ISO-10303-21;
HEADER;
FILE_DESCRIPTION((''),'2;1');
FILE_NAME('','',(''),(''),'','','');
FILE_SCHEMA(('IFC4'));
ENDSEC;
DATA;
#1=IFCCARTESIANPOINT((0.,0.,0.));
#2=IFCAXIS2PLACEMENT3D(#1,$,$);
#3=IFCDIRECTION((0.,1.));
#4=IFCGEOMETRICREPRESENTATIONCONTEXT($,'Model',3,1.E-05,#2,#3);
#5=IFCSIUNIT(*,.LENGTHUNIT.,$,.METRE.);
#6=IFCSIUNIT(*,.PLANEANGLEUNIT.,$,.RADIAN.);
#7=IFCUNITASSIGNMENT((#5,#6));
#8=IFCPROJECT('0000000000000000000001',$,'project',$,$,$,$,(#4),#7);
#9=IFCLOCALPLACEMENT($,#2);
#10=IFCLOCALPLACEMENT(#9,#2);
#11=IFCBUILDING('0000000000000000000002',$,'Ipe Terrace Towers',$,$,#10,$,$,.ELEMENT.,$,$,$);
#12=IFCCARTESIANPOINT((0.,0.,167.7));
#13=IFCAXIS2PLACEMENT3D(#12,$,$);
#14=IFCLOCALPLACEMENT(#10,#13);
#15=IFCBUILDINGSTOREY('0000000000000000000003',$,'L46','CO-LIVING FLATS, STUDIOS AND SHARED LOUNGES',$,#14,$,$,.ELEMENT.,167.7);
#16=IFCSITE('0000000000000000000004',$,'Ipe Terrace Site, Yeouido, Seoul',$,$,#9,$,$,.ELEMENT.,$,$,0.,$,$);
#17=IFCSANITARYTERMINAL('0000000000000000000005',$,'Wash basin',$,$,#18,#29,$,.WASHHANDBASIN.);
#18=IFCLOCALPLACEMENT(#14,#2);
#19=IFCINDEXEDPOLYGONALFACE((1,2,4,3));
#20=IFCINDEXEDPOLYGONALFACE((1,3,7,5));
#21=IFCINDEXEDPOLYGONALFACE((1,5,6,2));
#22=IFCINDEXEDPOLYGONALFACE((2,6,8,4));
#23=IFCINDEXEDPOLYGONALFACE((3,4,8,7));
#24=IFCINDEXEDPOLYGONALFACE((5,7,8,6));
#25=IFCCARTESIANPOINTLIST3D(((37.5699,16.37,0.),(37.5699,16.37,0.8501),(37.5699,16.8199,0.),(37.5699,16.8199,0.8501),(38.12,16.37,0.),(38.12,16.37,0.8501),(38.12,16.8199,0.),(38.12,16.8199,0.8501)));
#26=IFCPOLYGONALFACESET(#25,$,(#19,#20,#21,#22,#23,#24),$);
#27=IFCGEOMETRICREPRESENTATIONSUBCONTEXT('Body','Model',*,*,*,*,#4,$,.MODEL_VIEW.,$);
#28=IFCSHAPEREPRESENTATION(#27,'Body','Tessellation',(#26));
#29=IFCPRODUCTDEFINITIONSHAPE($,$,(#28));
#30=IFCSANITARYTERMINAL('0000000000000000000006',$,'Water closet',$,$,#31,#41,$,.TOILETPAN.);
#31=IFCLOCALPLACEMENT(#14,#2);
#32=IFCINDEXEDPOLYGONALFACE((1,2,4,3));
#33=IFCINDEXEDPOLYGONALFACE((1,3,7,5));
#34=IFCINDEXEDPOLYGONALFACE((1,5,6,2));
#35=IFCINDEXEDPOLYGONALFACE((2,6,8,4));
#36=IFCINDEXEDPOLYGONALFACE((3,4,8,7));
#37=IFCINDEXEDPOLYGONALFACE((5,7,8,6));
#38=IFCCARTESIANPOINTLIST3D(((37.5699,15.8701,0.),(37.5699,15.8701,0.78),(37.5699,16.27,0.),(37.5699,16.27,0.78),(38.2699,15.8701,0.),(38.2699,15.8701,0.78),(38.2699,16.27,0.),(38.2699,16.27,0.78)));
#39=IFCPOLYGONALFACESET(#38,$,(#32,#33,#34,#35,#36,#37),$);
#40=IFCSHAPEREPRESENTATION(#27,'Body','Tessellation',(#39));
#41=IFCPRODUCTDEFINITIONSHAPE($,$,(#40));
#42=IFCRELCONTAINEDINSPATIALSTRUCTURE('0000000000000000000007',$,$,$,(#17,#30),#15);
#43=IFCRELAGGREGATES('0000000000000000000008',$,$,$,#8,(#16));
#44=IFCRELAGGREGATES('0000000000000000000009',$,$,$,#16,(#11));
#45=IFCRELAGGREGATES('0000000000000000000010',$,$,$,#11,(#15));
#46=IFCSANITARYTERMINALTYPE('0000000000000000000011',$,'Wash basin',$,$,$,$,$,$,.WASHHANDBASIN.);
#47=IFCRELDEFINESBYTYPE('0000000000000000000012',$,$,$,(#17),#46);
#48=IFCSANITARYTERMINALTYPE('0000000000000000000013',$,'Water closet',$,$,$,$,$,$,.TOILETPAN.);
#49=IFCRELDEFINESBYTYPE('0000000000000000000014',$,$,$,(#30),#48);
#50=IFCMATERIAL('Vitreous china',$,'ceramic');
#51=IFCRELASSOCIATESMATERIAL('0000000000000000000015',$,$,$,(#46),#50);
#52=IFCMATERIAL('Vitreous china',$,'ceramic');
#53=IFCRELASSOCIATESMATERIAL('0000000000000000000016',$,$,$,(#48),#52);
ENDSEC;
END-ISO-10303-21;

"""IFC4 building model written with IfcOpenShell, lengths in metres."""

from ifc_helpers import new_model, si_unit, direction, frame, origin, origin_2d, place, context, subcontext, project, spatial, rectangle, extrude, material, type_object, element, save


model = new_model("IFC4")

# Units and contexts
model_context = context("Model", 3, precision=1e-05, world=origin(), true_north=direction((0.0, 1.0)))
body_context = subcontext(model_context, "Body", "Model", "MODEL_VIEW")
ifc_project = project(units=[si_unit("LENGTHUNIT", "METRE"), si_unit("PLANEANGLEUNIT", "RADIAN")], contexts=[model_context])

# Site, building, storey
site_placement = place(None, origin())
site = spatial("IfcSite", under=ifc_project, at=site_placement, Name="Ipe Terrace Site, Yeouido, Seoul", CompositionType="ELEMENT", RefElevation=0.0)
building_placement = place(site_placement, origin())
building = spatial("IfcBuilding", under=site, at=building_placement, Name="Ipe Terrace Towers", CompositionType="ELEMENT")
storey_placement = place(building_placement, frame((0.0, 0.0, 167.7)))
storey = spatial("IfcBuildingStorey", under=building, at=storey_placement, Name="L46", Description="CO-LIVING FLATS, STUDIOS AND SHARED LOUNGES", CompositionType="ELEMENT", Elevation=167.7)

# Sanitary terminals
ifc_material_1 = material(Name="Vitreous china", Category="ceramic")
sanitary_terminal_type_1 = type_object("IfcSanitaryTerminalType", Name="Wash basin", PredefinedType="WASHHANDBASIN", material=ifc_material_1)
sanitary_terminal_1_placement = place(storey_placement, frame((37.845, 16.595, 0.0), z_axis=(0.0, 0.0, 1.0), x_axis=(1.0, 0.0, 0.0)))
element("IfcSanitaryTerminal", 1, at=sanitary_terminal_1_placement, inside=storey, type_object=sanitary_terminal_type_1, Name="Wash basin", PredefinedType="WASHHANDBASIN", context=body_context, shape_type="SweptSolid", body=[
    extrude(rectangle(XDim=0.55, YDim=0.45, at=origin_2d()), origin(), (0.0, 0.0, 1.0), 0.8501),
])
ifc_material_2 = material(Name="Vitreous china", Category="ceramic")
sanitary_terminal_type_2 = type_object("IfcSanitaryTerminalType", Name="Water closet", PredefinedType="TOILETPAN", material=ifc_material_2)
sanitary_terminal_2_placement = place(storey_placement, frame((37.9199, 16.0701, 0.0), z_axis=(0.0, 0.0, 1.0), x_axis=(1.0, 0.0, 0.0)))
element("IfcSanitaryTerminal", 2, at=sanitary_terminal_2_placement, inside=storey, type_object=sanitary_terminal_type_2, Name="Water closet", PredefinedType="TOILETPAN", context=body_context, shape_type="SweptSolid", body=[
    extrude(rectangle(XDim=0.7, YDim=0.3999, at=origin_2d()), origin(), (0.0, 0.0, 1.0), 0.78),
])

save(model, "model.ifc")
